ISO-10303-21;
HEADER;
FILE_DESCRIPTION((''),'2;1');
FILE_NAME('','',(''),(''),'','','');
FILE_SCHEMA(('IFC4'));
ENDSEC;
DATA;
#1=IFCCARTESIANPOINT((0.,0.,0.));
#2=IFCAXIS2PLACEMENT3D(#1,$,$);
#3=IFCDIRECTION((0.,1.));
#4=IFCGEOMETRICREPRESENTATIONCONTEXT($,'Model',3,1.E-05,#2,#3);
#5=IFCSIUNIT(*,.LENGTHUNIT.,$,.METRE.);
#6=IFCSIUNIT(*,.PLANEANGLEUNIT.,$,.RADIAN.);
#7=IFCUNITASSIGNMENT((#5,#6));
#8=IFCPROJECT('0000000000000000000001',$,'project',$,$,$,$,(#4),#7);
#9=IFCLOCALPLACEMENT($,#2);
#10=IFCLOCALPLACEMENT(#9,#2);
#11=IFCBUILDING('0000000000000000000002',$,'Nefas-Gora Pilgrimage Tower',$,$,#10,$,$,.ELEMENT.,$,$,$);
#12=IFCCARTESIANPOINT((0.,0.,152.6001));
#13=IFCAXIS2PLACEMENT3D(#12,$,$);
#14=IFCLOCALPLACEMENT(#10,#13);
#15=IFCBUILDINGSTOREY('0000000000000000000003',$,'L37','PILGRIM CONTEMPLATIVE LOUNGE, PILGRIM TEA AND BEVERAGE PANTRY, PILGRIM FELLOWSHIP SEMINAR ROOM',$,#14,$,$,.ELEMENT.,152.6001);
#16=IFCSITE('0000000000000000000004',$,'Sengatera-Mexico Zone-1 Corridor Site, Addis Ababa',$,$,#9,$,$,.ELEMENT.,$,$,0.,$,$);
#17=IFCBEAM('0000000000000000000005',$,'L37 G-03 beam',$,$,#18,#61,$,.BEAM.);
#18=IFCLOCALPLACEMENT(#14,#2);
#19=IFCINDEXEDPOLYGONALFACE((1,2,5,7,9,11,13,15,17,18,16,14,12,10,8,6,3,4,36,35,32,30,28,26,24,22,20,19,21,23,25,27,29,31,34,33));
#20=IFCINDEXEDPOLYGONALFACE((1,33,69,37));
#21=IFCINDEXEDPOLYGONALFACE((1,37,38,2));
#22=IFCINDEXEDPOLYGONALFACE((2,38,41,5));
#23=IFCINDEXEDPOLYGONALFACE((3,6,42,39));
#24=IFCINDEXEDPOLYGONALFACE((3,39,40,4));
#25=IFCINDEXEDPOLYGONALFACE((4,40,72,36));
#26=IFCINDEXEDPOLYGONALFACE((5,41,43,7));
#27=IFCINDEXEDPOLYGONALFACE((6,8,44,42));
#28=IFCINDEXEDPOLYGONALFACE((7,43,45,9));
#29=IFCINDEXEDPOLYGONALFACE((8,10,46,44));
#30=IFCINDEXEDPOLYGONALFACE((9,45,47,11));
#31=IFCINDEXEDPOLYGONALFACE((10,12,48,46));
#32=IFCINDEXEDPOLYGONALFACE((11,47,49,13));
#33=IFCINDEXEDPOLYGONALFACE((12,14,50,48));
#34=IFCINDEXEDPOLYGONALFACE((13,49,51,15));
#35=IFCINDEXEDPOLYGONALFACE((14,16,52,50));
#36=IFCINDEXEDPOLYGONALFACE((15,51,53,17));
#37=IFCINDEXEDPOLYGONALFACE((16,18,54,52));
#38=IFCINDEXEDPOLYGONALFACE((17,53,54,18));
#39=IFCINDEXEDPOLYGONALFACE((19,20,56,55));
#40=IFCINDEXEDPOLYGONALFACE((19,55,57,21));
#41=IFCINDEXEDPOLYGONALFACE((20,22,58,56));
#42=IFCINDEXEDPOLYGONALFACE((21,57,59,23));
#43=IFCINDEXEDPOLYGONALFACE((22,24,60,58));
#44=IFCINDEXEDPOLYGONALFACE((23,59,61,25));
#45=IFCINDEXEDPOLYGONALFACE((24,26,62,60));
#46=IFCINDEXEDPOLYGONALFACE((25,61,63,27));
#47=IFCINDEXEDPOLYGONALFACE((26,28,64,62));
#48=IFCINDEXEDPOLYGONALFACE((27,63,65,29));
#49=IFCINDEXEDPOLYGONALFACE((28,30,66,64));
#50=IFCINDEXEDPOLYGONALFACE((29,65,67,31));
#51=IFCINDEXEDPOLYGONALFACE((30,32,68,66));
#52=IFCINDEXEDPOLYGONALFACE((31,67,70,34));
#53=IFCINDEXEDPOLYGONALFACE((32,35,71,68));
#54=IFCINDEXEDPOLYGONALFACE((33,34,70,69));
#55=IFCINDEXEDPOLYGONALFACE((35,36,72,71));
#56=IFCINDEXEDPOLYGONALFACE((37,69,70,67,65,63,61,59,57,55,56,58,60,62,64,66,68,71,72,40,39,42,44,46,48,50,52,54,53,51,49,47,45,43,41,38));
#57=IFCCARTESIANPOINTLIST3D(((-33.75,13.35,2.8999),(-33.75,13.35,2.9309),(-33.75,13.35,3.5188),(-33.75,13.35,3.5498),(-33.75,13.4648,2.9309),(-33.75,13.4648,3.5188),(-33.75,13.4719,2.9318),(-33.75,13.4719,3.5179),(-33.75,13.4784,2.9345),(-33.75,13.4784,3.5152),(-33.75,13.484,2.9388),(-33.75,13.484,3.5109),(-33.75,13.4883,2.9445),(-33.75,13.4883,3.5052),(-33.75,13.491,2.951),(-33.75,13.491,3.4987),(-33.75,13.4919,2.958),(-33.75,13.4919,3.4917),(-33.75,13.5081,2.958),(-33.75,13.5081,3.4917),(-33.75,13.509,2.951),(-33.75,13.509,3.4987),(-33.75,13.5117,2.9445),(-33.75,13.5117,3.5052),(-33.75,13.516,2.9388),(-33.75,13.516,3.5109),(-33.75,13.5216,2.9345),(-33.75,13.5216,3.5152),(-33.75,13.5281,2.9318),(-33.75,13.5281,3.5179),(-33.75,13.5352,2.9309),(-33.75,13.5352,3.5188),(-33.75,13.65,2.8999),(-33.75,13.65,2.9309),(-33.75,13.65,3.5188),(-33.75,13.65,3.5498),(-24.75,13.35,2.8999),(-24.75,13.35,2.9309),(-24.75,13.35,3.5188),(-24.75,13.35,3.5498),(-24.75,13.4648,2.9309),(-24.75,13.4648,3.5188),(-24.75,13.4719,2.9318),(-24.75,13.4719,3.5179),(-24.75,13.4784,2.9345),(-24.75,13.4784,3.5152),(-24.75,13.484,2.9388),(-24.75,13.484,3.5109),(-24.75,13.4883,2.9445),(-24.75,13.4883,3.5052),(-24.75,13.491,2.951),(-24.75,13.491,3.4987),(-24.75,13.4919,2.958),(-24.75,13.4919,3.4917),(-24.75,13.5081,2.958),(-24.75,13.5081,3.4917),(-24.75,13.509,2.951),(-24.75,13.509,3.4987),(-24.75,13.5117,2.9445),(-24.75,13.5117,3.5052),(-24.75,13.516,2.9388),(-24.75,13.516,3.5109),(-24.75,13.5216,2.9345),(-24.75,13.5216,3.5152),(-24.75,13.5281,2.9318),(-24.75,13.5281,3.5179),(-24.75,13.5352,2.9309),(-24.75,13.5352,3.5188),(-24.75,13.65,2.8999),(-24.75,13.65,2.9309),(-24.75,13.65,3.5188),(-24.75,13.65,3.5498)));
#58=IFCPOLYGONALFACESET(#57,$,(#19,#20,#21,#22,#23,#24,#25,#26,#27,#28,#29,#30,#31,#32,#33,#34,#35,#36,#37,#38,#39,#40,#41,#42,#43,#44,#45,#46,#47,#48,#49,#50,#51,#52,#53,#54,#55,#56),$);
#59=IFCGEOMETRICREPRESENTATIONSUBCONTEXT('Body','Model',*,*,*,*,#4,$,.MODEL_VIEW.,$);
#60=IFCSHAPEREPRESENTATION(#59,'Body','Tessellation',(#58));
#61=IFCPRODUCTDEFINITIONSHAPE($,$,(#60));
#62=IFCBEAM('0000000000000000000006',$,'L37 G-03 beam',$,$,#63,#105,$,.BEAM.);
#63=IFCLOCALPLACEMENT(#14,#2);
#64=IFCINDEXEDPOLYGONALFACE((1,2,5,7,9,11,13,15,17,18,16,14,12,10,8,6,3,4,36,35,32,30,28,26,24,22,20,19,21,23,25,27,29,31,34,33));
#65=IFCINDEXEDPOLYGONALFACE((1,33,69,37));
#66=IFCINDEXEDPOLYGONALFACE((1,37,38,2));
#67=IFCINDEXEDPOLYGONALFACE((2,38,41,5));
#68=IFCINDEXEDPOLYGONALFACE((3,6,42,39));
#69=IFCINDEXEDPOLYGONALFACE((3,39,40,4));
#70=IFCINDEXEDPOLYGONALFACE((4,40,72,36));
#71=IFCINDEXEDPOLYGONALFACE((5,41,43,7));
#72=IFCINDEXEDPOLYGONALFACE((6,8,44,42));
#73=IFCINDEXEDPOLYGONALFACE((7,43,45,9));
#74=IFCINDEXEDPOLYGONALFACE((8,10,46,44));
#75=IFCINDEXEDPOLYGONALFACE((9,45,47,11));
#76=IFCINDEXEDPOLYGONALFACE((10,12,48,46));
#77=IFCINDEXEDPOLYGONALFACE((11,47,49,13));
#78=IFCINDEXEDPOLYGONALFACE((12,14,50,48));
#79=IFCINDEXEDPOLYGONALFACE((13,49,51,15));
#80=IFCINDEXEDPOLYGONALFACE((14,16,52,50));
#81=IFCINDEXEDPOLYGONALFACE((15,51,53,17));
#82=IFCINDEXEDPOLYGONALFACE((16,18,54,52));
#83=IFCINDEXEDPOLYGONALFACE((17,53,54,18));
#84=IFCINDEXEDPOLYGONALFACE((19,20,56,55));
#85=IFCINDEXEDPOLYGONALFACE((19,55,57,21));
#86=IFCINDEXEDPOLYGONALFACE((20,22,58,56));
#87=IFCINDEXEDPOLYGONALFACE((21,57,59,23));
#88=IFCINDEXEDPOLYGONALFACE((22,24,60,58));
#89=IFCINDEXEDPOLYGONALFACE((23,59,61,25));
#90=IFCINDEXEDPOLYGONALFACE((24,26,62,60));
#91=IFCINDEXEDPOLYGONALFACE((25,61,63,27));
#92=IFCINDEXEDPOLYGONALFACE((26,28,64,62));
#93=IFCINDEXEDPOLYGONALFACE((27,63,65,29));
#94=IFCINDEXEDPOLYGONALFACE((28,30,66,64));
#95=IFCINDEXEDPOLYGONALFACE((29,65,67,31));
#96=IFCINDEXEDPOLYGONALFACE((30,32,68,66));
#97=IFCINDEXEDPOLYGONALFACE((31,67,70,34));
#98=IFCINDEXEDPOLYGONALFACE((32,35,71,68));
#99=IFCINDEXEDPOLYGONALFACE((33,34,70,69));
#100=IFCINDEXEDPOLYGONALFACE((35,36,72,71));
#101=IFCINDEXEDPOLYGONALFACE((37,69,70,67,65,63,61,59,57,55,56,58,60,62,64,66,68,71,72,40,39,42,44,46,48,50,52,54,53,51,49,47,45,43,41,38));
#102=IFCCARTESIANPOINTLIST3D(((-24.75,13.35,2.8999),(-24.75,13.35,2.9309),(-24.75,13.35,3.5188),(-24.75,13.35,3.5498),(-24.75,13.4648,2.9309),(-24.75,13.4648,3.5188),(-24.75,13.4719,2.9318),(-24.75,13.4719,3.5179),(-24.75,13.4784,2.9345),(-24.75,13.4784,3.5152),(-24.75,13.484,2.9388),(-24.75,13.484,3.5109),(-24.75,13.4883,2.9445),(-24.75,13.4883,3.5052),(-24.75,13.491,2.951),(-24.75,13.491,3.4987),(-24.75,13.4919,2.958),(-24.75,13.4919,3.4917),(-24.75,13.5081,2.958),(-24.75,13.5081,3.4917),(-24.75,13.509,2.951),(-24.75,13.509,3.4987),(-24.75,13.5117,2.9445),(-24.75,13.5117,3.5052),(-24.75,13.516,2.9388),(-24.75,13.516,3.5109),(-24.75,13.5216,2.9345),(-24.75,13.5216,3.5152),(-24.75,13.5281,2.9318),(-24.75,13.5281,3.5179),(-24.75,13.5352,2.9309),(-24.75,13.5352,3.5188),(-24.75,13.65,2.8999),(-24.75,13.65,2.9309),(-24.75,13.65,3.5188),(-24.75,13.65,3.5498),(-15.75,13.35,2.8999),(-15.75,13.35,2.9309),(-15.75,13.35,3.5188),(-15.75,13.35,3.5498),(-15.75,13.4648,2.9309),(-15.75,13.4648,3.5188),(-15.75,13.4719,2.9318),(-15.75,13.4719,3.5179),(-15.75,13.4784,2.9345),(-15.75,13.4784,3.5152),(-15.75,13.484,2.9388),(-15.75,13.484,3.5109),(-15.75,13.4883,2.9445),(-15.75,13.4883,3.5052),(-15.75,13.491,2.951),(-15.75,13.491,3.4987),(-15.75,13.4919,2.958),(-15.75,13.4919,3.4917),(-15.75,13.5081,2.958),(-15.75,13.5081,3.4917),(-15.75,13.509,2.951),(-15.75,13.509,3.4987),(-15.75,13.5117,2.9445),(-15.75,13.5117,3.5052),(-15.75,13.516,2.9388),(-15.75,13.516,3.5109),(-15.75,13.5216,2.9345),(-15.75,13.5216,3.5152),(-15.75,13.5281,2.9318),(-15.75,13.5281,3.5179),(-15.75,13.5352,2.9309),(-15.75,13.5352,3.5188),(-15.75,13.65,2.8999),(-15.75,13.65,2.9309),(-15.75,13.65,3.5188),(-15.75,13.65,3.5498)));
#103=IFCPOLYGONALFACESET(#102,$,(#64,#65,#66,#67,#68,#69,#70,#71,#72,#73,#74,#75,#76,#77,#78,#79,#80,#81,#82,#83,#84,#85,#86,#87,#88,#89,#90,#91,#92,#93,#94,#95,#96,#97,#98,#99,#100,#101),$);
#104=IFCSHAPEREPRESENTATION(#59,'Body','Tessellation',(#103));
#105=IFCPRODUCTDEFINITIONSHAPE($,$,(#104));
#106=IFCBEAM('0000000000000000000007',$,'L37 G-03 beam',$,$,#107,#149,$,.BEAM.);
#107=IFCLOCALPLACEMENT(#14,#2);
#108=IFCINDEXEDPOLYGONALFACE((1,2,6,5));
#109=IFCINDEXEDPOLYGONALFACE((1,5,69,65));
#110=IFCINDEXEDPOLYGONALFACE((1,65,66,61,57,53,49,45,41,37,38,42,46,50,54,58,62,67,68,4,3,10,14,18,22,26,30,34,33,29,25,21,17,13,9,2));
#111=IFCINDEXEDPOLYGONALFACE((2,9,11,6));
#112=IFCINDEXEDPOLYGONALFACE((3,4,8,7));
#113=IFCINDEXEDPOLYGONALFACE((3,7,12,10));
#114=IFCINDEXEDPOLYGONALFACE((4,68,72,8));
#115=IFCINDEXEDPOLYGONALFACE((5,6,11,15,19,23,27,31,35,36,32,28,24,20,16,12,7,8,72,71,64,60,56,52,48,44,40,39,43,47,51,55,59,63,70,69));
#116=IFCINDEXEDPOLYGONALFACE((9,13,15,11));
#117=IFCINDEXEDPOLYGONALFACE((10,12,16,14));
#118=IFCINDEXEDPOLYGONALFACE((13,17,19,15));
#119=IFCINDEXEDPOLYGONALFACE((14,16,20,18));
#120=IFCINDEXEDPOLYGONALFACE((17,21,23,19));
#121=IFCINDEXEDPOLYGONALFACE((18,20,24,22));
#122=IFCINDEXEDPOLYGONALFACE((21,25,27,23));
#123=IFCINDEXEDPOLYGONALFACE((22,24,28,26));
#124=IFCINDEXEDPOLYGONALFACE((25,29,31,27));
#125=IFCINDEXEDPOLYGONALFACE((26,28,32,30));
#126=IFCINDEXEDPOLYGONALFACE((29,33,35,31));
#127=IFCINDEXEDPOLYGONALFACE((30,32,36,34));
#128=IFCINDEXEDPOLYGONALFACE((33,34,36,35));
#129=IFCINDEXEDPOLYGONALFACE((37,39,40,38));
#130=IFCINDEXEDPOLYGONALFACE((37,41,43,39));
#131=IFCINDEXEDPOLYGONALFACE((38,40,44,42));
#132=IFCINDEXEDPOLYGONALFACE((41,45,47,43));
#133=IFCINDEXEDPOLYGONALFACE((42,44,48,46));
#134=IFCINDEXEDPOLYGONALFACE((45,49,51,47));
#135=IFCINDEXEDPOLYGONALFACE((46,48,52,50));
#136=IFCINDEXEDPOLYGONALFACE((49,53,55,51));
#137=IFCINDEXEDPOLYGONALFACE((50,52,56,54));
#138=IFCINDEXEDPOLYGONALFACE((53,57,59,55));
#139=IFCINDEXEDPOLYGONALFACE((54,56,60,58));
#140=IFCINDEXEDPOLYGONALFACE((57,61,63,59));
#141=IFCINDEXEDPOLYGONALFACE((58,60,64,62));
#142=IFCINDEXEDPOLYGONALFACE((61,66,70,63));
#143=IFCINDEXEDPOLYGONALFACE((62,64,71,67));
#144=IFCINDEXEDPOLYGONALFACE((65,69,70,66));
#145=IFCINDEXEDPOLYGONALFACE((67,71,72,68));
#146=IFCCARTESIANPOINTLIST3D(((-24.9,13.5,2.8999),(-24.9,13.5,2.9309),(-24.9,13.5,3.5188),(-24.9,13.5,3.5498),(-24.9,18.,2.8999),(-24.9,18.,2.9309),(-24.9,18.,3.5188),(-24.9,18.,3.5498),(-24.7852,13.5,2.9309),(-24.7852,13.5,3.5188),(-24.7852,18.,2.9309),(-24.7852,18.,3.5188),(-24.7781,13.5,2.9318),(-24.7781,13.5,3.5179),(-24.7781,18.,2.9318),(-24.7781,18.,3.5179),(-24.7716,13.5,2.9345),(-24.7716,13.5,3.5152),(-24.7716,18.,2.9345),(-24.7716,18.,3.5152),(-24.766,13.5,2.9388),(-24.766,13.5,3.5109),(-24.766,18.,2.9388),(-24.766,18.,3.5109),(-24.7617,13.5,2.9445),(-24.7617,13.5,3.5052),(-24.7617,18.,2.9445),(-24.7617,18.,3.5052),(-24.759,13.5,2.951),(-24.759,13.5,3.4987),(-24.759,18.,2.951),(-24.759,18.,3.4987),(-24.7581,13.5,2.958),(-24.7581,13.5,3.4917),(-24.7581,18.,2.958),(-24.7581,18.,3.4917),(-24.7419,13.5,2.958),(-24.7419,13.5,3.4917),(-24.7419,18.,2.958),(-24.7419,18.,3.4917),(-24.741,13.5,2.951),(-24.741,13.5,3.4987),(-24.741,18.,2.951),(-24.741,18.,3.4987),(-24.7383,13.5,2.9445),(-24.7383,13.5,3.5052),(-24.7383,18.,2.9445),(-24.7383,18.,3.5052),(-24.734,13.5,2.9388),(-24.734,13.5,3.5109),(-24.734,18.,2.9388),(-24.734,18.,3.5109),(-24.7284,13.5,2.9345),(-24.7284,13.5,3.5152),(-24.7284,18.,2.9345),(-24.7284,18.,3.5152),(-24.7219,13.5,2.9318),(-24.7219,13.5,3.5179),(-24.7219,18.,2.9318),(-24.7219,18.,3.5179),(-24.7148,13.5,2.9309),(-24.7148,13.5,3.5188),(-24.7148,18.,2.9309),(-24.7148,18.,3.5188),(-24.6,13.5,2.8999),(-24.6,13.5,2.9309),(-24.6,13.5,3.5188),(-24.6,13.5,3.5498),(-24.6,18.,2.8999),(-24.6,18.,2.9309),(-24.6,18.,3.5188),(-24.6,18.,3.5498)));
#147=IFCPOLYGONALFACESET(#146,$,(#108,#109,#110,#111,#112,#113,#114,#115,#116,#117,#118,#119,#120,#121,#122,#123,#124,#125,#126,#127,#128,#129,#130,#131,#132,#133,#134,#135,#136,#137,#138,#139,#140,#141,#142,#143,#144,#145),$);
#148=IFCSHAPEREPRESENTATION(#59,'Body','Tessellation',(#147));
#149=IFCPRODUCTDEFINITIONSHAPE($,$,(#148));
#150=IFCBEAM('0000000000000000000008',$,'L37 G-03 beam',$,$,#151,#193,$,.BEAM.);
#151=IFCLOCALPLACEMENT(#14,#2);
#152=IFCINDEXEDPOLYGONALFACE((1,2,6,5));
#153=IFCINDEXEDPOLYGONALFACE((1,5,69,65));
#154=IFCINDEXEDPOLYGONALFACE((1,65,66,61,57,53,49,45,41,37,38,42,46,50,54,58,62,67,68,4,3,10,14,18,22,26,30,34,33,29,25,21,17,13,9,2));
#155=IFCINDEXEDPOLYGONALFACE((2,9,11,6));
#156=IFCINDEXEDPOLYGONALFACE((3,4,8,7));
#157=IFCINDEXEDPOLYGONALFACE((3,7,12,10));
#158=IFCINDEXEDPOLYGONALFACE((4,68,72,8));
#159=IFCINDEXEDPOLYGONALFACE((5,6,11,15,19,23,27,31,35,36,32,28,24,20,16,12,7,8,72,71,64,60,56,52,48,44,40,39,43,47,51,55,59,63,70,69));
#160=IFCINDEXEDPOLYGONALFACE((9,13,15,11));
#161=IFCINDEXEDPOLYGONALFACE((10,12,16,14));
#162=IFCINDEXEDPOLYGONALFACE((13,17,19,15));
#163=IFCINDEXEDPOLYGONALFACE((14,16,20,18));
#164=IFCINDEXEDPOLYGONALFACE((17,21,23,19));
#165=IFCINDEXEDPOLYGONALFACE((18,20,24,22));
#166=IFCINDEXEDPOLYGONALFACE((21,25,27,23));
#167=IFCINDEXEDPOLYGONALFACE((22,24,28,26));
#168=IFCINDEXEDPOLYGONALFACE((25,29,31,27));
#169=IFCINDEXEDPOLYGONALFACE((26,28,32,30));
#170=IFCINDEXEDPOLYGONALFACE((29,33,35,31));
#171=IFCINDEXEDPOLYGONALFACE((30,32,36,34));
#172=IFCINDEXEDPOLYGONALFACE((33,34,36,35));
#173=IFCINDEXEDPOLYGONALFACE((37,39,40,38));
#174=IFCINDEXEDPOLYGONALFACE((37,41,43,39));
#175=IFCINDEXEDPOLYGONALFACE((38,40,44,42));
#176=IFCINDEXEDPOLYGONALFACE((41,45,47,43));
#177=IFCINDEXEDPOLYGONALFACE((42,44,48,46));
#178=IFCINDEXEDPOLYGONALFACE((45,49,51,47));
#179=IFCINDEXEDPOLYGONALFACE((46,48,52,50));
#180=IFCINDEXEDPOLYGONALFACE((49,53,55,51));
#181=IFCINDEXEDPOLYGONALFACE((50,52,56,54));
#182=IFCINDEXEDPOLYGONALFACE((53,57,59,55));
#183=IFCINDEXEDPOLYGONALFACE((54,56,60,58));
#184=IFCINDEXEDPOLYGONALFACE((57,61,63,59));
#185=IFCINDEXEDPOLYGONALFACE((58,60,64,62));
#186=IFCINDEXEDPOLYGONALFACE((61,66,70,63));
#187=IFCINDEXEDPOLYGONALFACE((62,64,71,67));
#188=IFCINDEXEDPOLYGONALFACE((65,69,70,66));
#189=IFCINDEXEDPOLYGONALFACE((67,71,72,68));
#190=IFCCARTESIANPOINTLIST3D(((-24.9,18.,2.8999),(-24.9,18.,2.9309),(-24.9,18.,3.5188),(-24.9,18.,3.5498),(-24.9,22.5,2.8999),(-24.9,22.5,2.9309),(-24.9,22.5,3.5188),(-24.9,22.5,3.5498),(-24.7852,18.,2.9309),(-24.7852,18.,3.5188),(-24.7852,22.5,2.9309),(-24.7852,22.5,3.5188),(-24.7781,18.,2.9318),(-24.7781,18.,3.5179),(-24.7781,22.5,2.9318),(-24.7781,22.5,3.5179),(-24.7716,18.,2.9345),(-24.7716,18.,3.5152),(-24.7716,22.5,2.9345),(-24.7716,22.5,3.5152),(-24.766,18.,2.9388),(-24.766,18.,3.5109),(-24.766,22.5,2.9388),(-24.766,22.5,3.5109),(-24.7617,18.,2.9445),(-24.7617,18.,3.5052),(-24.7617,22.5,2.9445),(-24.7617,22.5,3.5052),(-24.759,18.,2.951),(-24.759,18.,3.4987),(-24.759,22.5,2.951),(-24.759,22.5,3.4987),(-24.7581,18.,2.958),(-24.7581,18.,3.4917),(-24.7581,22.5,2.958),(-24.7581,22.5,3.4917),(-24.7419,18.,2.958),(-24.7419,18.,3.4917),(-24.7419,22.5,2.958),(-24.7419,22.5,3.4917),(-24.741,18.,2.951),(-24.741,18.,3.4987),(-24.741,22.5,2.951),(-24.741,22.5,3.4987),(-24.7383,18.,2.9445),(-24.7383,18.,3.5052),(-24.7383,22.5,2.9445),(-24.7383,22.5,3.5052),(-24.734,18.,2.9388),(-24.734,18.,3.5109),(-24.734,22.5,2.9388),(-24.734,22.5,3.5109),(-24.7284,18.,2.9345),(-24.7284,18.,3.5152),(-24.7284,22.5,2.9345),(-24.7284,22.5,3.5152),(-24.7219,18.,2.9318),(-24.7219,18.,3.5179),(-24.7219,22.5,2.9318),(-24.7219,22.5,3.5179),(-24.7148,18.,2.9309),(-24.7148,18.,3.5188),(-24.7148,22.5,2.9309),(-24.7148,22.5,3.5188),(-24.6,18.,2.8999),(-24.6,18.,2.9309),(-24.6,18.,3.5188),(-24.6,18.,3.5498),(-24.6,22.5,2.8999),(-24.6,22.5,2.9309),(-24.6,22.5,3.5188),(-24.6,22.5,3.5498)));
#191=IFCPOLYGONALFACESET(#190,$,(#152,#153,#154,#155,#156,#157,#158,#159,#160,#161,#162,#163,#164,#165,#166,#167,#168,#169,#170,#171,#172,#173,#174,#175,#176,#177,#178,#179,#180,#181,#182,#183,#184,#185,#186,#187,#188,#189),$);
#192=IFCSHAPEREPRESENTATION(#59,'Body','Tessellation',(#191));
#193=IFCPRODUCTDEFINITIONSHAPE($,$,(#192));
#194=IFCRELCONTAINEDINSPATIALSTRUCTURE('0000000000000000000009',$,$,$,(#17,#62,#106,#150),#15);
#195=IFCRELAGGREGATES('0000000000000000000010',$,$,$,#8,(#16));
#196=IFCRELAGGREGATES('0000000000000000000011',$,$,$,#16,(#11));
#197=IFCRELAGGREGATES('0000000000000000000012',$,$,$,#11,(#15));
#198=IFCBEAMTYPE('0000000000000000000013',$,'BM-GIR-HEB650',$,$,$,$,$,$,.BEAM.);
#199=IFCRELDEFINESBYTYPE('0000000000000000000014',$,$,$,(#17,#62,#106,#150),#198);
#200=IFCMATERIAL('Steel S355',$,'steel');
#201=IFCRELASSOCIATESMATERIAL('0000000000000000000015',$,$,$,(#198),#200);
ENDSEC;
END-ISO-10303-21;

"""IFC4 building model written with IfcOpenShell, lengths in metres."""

from ifc_helpers import new_model, si_unit, direction, frame, origin, origin_2d, place, context, subcontext, project, spatial, i_section, extrude, source, transform, mapped, material, material_profile, profile_set, type_object, element, save


model = new_model("IFC4")

# Units and contexts
model_context = context("Model", 3, precision=1e-05, world=origin(), true_north=direction((0.0, 1.0)))
body_context = subcontext(model_context, "Body", "Model", "MODEL_VIEW")
ifc_project = project(units=[si_unit("LENGTHUNIT", "METRE"), si_unit("PLANEANGLEUNIT", "RADIAN")], contexts=[model_context])

# Site, building, storey
site_placement = place(None, origin())
site = spatial("IfcSite", under=ifc_project, at=site_placement, Name="Sengatera-Mexico Zone-1 Corridor Site, Addis Ababa", CompositionType="ELEMENT", RefElevation=0.0)
building_placement = place(site_placement, origin())
building = spatial("IfcBuilding", under=site, at=building_placement, Name="Nefas-Gora Pilgrimage Tower", CompositionType="ELEMENT")
storey_placement = place(building_placement, frame((0.0, 0.0, 152.6001)))
storey = spatial("IfcBuildingStorey", under=building, at=storey_placement, Name="L37", Description="PILGRIM CONTEMPLATIVE LOUNGE, PILGRIM TEA AND BEVERAGE PANTRY, PILGRIM FELLOWSHIP SEMINAR ROOM", CompositionType="ELEMENT", Elevation=152.6001)

# Beams
ifc_material_1 = material(Name="Steel S355", Category="steel")
ifc_material_profile_1 = material_profile(ifc_material_1, i_section(OverallWidth=0.3, OverallDepth=0.6499, WebThickness=0.0161, FlangeThickness=0.031, FilletRadius=0.0271, at=origin_2d()), Name="HEB 650")
ifc_profile_set_1 = profile_set([ifc_material_profile_1], Name="Steel S355")
beam_type_1 = type_object("IfcBeamType", Name="BM-GIR-HEB650", PredefinedType="BEAM", material=ifc_profile_set_1)
shared_shape_1 = source(origin(), body_context, "Body", "SweptSolid", [
    extrude(i_section(OverallWidth=0.3, OverallDepth=0.6499, WebThickness=0.0161, FlangeThickness=0.031, FilletRadius=0.0271, at=origin_2d()), origin(), (0.0, 0.0, 1.0), 9.0),
])
for number, where, z_axis, x_axis, name in (
    (1, (-33.75, 13.5, 3.2249), (1.0, 0.0, 0.0), (0.0, 1.0, 0.0), "L37 G-03 beam"),
    (2, (-24.75, 13.5, 3.2249), (1.0, 0.0, 0.0), (0.0, 1.0, 0.0), "L37 G-03 beam"),
):
    element("IfcBeam", number, at=place(storey_placement, frame(where, z_axis=z_axis, x_axis=x_axis)), inside=storey, type_object=beam_type_1, Name=name, PredefinedType="BEAM", context=body_context, shape_type="MappedRepresentation", body=[
        mapped(shared_shape_1, transform((0.0, 0.0, 0.0), x_axis=(1.0, 0.0, 0.0), y_axis=(0.0, 1.0, 0.0), z_axis=(0.0, 0.0, 1.0), scale=1.0)),
    ])
shared_shape_2 = source(origin(), body_context, "Body", "SweptSolid", [
    extrude(i_section(OverallWidth=0.3, OverallDepth=0.6499, WebThickness=0.0161, FlangeThickness=0.031, FilletRadius=0.0271, at=origin_2d()), origin(), (0.0, 0.0, 1.0), 4.5),
])
for number, where, z_axis, x_axis, name in (
    (3, (-24.75, 13.5, 3.2249), (0.0, 1.0, 0.0), (-1.0, 0.0, 0.0), "L37 G-03 beam"),
    (4, (-24.75, 18.0, 3.2249), (0.0, 1.0, 0.0), (-1.0, 0.0, 0.0), "L37 G-03 beam"),
):
    element("IfcBeam", number, at=place(storey_placement, frame(where, z_axis=z_axis, x_axis=x_axis)), inside=storey, type_object=beam_type_1, Name=name, PredefinedType="BEAM", context=body_context, shape_type="MappedRepresentation", body=[
        mapped(shared_shape_2, transform((0.0, 0.0, 0.0), x_axis=(1.0, 0.0, 0.0), y_axis=(0.0, 1.0, 0.0), z_axis=(0.0, 0.0, 1.0), scale=1.0)),
    ])

save(model, "model.ifc")
